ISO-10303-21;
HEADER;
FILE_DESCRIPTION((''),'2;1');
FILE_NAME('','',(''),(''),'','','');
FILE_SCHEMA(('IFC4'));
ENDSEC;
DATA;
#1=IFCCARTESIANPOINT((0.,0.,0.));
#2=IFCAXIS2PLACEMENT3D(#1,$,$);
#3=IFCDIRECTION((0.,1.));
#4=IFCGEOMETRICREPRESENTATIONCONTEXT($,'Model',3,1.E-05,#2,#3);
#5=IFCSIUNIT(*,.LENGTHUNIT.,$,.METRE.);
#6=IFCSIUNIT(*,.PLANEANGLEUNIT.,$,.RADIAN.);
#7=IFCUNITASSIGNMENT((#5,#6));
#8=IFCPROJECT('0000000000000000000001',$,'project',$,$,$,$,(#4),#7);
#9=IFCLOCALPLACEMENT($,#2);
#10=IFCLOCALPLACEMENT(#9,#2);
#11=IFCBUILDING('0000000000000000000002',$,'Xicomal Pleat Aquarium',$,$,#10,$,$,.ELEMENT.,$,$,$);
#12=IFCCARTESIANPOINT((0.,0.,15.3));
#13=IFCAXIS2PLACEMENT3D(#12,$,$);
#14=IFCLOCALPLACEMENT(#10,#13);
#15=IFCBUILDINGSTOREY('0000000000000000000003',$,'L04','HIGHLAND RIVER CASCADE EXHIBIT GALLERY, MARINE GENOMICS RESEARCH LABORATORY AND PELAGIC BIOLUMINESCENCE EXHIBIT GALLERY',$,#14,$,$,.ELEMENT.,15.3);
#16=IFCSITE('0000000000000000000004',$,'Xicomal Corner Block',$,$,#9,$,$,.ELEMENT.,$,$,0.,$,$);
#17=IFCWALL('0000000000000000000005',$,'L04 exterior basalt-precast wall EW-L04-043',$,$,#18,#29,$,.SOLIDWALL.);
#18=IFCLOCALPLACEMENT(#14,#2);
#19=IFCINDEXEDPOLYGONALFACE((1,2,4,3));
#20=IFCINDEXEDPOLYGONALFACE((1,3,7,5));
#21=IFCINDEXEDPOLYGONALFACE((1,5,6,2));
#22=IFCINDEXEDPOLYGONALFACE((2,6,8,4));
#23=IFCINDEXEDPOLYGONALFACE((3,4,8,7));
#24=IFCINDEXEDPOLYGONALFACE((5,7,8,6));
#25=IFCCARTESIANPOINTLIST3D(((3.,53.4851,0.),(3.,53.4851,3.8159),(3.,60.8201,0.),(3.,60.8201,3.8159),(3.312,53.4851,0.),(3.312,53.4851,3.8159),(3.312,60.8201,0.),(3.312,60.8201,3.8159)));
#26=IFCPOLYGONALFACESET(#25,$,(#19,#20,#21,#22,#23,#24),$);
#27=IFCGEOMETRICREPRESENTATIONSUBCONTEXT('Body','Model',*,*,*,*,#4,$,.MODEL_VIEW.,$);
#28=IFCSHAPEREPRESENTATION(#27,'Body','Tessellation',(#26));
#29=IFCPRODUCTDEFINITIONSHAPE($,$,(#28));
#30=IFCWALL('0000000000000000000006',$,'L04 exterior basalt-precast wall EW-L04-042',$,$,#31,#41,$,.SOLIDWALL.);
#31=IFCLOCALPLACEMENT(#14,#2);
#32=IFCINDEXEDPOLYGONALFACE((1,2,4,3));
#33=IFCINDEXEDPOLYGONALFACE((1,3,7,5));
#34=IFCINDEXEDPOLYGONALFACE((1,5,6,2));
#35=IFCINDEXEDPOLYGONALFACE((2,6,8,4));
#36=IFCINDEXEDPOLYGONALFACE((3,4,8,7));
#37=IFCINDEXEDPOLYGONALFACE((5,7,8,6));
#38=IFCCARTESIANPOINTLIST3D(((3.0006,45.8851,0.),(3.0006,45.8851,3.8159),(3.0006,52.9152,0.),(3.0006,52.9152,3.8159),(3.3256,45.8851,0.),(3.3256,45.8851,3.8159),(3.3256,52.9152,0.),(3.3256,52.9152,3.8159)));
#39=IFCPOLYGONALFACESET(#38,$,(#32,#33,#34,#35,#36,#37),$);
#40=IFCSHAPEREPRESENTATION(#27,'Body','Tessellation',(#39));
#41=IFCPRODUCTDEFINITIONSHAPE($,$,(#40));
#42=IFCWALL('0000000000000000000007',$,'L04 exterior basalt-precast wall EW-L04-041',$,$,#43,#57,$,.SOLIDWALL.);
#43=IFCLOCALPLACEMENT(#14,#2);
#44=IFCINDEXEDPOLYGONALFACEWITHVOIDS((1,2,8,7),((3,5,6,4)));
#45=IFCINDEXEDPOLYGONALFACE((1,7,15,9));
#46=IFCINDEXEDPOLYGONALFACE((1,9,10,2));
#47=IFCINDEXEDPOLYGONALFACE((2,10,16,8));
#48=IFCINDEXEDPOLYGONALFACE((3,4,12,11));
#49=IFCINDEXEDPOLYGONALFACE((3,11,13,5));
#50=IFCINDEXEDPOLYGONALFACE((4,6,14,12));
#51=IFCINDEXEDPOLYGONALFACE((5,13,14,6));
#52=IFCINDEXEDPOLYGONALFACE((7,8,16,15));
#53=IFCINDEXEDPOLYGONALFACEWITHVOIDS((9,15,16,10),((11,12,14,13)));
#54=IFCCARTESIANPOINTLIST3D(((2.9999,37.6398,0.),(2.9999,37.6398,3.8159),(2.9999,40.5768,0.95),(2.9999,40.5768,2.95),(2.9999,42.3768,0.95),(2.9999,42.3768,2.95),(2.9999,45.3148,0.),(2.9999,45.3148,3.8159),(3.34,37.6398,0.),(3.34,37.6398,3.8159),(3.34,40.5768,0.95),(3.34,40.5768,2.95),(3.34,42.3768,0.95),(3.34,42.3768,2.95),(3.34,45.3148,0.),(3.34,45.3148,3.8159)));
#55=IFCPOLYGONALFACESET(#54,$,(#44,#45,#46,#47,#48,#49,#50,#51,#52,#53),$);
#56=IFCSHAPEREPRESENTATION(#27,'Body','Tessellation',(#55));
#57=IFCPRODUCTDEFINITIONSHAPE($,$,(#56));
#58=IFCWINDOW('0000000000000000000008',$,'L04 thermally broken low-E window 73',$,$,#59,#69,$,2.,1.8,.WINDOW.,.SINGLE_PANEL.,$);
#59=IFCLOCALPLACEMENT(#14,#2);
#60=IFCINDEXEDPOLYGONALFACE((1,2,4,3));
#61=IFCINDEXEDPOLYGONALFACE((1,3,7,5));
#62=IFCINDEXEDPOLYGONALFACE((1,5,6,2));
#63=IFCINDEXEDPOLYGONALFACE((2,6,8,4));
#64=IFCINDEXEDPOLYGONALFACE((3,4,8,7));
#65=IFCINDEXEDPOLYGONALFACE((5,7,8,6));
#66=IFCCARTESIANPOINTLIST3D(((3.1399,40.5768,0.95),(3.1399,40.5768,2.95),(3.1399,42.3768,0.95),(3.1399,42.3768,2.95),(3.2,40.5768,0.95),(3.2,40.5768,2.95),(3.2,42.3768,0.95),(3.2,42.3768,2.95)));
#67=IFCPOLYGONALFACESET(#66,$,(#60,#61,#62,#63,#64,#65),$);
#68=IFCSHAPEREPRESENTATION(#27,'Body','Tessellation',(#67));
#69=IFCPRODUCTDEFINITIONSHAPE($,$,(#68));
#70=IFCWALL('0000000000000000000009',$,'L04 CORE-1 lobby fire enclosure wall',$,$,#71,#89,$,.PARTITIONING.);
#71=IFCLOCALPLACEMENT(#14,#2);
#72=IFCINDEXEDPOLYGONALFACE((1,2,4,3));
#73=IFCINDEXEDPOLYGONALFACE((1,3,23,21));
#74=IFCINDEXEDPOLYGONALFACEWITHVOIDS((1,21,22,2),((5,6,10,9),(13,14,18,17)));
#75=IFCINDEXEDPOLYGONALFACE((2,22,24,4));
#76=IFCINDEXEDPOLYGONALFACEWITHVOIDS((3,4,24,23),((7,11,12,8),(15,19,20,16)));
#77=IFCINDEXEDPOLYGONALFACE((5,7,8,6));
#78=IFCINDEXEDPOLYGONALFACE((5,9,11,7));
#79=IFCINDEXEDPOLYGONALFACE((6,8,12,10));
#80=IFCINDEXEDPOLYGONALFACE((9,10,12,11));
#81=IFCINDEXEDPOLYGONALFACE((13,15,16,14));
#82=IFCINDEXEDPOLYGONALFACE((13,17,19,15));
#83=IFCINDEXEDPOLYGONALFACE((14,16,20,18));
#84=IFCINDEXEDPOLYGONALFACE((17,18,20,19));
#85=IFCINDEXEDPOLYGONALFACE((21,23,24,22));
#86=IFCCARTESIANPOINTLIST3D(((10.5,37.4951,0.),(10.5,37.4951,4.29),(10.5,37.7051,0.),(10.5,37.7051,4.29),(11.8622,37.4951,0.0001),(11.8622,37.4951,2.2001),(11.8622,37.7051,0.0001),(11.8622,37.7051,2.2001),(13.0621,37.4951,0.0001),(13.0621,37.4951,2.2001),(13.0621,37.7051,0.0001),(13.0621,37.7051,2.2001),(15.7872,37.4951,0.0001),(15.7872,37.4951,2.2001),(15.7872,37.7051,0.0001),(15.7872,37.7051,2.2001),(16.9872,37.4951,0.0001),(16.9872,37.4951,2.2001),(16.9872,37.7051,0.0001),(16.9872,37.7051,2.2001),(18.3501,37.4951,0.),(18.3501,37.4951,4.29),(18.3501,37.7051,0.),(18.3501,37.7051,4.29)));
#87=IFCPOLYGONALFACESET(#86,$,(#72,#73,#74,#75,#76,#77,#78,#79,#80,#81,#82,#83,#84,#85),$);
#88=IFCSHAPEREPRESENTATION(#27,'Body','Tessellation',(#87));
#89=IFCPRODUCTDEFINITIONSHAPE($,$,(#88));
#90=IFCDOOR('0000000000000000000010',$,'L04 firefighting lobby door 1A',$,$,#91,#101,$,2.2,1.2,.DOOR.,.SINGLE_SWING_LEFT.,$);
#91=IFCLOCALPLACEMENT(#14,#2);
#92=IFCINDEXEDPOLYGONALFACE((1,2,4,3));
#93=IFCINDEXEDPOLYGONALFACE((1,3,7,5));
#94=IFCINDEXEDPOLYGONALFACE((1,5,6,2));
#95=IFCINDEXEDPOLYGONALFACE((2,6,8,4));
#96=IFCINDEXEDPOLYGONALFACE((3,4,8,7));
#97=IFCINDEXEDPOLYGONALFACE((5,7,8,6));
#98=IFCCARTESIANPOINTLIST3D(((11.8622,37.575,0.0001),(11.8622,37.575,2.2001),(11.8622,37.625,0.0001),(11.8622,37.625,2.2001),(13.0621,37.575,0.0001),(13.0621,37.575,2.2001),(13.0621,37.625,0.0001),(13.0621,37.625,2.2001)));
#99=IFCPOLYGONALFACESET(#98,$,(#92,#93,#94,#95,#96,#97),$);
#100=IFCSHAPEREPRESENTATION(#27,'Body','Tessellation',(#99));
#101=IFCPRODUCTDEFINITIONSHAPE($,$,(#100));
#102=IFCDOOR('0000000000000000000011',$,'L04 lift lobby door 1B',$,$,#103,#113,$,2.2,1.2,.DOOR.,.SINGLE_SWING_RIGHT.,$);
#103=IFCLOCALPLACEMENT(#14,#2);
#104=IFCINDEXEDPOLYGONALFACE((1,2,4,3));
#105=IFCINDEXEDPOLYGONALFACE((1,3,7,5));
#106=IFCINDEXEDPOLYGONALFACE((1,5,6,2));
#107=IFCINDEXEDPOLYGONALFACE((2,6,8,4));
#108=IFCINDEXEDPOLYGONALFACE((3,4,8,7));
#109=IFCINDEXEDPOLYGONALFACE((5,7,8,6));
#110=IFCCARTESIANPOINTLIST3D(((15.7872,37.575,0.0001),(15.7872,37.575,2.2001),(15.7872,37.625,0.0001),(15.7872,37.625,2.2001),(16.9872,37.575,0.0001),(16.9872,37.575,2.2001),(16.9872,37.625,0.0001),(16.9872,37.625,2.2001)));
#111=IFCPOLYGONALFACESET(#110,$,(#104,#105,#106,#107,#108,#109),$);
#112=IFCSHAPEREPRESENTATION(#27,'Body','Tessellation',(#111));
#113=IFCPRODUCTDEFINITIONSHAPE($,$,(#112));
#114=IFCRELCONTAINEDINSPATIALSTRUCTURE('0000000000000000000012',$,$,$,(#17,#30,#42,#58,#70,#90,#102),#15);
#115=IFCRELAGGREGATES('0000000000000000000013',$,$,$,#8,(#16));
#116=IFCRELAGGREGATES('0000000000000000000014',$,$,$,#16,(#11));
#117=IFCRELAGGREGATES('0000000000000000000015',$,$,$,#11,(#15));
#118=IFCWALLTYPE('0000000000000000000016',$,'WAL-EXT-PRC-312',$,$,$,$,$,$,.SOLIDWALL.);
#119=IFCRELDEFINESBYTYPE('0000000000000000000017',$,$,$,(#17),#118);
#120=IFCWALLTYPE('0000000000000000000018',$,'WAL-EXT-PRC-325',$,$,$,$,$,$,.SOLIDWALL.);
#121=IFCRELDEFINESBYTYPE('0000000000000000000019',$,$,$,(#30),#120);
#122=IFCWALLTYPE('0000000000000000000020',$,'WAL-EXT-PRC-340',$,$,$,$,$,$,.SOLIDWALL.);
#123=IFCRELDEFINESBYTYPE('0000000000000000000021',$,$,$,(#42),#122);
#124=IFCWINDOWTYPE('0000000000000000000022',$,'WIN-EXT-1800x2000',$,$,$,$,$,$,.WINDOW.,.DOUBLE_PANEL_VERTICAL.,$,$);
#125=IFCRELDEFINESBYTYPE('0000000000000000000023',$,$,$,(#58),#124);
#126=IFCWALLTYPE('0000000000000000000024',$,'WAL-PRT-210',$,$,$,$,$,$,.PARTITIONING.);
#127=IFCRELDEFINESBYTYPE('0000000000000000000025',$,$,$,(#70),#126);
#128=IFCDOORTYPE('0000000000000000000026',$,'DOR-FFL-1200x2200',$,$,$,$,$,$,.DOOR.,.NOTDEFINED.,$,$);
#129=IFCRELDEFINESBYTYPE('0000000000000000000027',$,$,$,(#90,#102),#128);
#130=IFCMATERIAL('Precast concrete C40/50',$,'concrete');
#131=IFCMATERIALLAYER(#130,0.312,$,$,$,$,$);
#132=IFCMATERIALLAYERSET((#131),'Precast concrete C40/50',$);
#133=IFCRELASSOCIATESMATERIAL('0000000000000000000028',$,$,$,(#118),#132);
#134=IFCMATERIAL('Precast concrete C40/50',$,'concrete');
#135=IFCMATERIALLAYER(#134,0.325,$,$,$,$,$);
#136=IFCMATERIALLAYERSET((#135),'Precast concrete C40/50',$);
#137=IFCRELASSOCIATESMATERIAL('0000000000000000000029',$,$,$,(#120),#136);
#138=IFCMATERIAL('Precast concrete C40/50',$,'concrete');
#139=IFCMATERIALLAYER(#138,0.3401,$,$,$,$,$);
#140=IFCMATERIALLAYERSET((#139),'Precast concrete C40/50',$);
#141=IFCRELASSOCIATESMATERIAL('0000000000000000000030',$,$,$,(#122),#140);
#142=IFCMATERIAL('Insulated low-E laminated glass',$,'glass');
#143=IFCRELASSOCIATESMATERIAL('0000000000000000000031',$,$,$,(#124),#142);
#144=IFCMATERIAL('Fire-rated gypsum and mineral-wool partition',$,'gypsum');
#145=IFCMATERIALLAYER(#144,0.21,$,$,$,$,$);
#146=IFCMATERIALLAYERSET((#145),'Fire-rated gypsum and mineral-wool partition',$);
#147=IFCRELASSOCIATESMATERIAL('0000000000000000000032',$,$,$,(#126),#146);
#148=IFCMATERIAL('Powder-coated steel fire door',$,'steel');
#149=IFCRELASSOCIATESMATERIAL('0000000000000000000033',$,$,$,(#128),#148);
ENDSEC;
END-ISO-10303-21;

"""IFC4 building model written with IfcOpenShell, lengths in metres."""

from ifc_helpers import new_model, si_unit, direction, frame, frame_2d, origin, place, context, subcontext, project, spatial, rectangle, extrude, material, layer, layer_set, type_object, element, fill, save


model = new_model("IFC4")

# Units and contexts
model_context = context("Model", 3, precision=1e-05, world=origin(), true_north=direction((0.0, 1.0)))
body_context = subcontext(model_context, "Body", "Model", "MODEL_VIEW")
ifc_project = project(units=[si_unit("LENGTHUNIT", "METRE"), si_unit("PLANEANGLEUNIT", "RADIAN")], contexts=[model_context])

# Site, building, storey
site_placement = place(None, origin())
site = spatial("IfcSite", under=ifc_project, at=site_placement, Name="Xicomal Corner Block", CompositionType="ELEMENT", RefElevation=0.0)
building_placement = place(site_placement, origin())
building = spatial("IfcBuilding", under=site, at=building_placement, Name="Xicomal Pleat Aquarium", CompositionType="ELEMENT")
storey_placement = place(building_placement, frame((0.0, 0.0, 15.3)))
storey = spatial("IfcBuildingStorey", under=building, at=storey_placement, Name="L04", Description="HIGHLAND RIVER CASCADE EXHIBIT GALLERY, MARINE GENOMICS RESEARCH LABORATORY AND PELAGIC BIOLUMINESCENCE EXHIBIT GALLERY", CompositionType="ELEMENT", Elevation=15.3)

# Walls
ifc_material_1 = material(Name="Precast concrete C40/50", Category="concrete")
ifc_layer_1 = layer(ifc_material_1, 0.312)
ifc_layer_set_1 = layer_set([ifc_layer_1], Name="Precast concrete C40/50")
wall_type_1 = type_object("IfcWallType", Name="WAL-EXT-PRC-312", PredefinedType="SOLIDWALL", material=ifc_layer_set_1)
wall_1_placement = place(storey_placement, frame((3.156, 53.4851, 0.0), z_axis=(0.0, 0.0, 1.0), x_axis=(0.0, 1.0, 0.0)))
element("IfcWall", 1, at=wall_1_placement, inside=storey, type_object=wall_type_1, Name="L04 exterior basalt-precast wall EW-L04-043", PredefinedType="SOLIDWALL", context=body_context, shape_type="SweptSolid", body=[
    extrude(rectangle(XDim=7.335, YDim=0.312, at=frame_2d((3.6675, 0.0))), origin(), (0.0, 0.0, 1.0), 3.8159),
])
ifc_material_2 = material(Name="Precast concrete C40/50", Category="concrete")
ifc_layer_2 = layer(ifc_material_2, 0.325)
ifc_layer_set_2 = layer_set([ifc_layer_2], Name="Precast concrete C40/50")
wall_type_2 = type_object("IfcWallType", Name="WAL-EXT-PRC-325", PredefinedType="SOLIDWALL", material=ifc_layer_set_2)
wall_2_placement = place(storey_placement, frame((3.1631, 45.885, 0.0), z_axis=(0.0, 0.0, 1.0), x_axis=(0.0, 1.0, 0.0)))
element("IfcWall", 2, at=wall_2_placement, inside=storey, type_object=wall_type_2, Name="L04 exterior basalt-precast wall EW-L04-042", PredefinedType="SOLIDWALL", context=body_context, shape_type="SweptSolid", body=[
    extrude(rectangle(XDim=7.03, YDim=0.325, at=frame_2d((3.5151, 0.0))), origin(), (0.0, 0.0, 1.0), 3.8159),
])

# Wall, opening, window
ifc_material_3 = material(Name="Precast concrete C40/50", Category="concrete")
ifc_layer_3 = layer(ifc_material_3, 0.3401)
ifc_layer_set_3 = layer_set([ifc_layer_3], Name="Precast concrete C40/50")
wall_type_3 = type_object("IfcWallType", Name="WAL-EXT-PRC-340", PredefinedType="SOLIDWALL", material=ifc_layer_set_3)
wall_3_placement = place(storey_placement, frame((3.1699, 37.6399, 0.0), z_axis=(0.0, 0.0, 1.0), x_axis=(0.0, 1.0, 0.0)))
wall_3 = element("IfcWall", 3, at=wall_3_placement, inside=storey, type_object=wall_type_3, Name="L04 exterior basalt-precast wall EW-L04-041", PredefinedType="SOLIDWALL", context=body_context, shape_type="SweptSolid", body=[
    extrude(rectangle(XDim=7.675, YDim=0.3401, at=frame_2d((3.8374, 0.0))), origin(), (0.0, 0.0, 1.0), 3.8159),
])
opening_1_placement = place(wall_3_placement, frame((2.937, 0.0, 0.95)))
opening_1 = element("IfcOpeningElement", 4, at=opening_1_placement, cuts=wall_3, PredefinedType="OPENING", context=body_context, shape_type="SweptSolid", body=[
    extrude(rectangle(XDim=1.8, YDim=2.0, at=frame_2d((0.8999, 1.0))), frame((0.0, 0.1799, 0.0), z_axis=(0.0, -1.0, 0.0), x_axis=(1.0, 0.0, 0.0)), (0.0, 0.0, 1.0), 0.3601),
])
ifc_material_4 = material(Name="Insulated low-E laminated glass", Category="glass")
window_type = type_object("IfcWindowType", Name="WIN-EXT-1800x2000", PartitioningType="DOUBLE_PANEL_VERTICAL", PredefinedType="WINDOW", material=ifc_material_4)
window_placement = place(opening_1_placement, origin())
window = element("IfcWindow", 5, at=window_placement, inside=storey, type_object=window_type, Name="L04 thermally broken low-E window 73", OverallHeight=2.0, OverallWidth=1.8, PartitioningType="SINGLE_PANEL", PredefinedType="WINDOW", context=body_context, shape_type="SweptSolid", body=[
    extrude(rectangle(XDim=1.8, YDim=2.0, at=frame_2d((0.8999, 1.0))), frame((0.0, 0.03, 0.0), z_axis=(0.0, -1.0, 0.0), x_axis=(1.0, 0.0, 0.0)), (0.0, 0.0, 1.0), 0.0601),
])
fill(opening_1, window)

# Wall, openings, doors
ifc_material_5 = material(Name="Fire-rated gypsum and mineral-wool partition", Category="gypsum")
ifc_layer_4 = layer(ifc_material_5, 0.21)
ifc_layer_set_4 = layer_set([ifc_layer_4], Name="Fire-rated gypsum and mineral-wool partition")
wall_type_4 = type_object("IfcWallType", Name="WAL-PRT-210", PredefinedType="PARTITIONING", material=ifc_layer_set_4)
wall_4_placement = place(storey_placement, frame((10.5, 37.6001, 0.0), z_axis=(0.0, 0.0, 1.0), x_axis=(1.0, 0.0, 0.0)))
wall_4 = element("IfcWall", 6, at=wall_4_placement, inside=storey, type_object=wall_type_4, Name="L04 CORE-1 lobby fire enclosure wall", PredefinedType="PARTITIONING", context=body_context, shape_type="SweptSolid", body=[
    extrude(rectangle(XDim=7.8501, YDim=0.21, at=frame_2d((3.925, 0.0))), origin(), (0.0, 0.0, 1.0), 4.29),
])
opening_2_placement = place(wall_4_placement, frame((1.3621, 0.0, 0.0)))
opening_2 = element("IfcOpeningElement", 7, at=opening_2_placement, cuts=wall_4, PredefinedType="OPENING", context=body_context, shape_type="SweptSolid", body=[
    extrude(rectangle(XDim=1.2, YDim=2.2, at=frame_2d((0.6001, 1.1001))), frame((0.0, 0.115, 0.0), z_axis=(0.0, -1.0, 0.0), x_axis=(1.0, 0.0, 0.0)), (0.0, 0.0, 1.0), 0.23),
])
opening_3_placement = place(wall_4_placement, frame((5.2871, 0.0, 0.0)))
opening_3 = element("IfcOpeningElement", 8, at=opening_3_placement, cuts=wall_4, PredefinedType="OPENING", context=body_context, shape_type="SweptSolid", body=[
    extrude(rectangle(XDim=1.2, YDim=2.2, at=frame_2d((0.6001, 1.1001))), frame((0.0, 0.115, 0.0), z_axis=(0.0, -1.0, 0.0), x_axis=(1.0, 0.0, 0.0)), (0.0, 0.0, 1.0), 0.23),
])
ifc_material_6 = material(Name="Powder-coated steel fire door", Category="steel")
door_type = type_object("IfcDoorType", Name="DOR-FFL-1200x2200", OperationType="NOTDEFINED", PredefinedType="DOOR", material=ifc_material_6)
door_1_placement = place(opening_2_placement, origin())
door_1 = element("IfcDoor", 9, at=door_1_placement, inside=storey, type_object=door_type, Name="L04 firefighting lobby door 1A", OperationType="SINGLE_SWING_LEFT", OverallHeight=2.2, OverallWidth=1.2, PredefinedType="DOOR", context=body_context, shape_type="SweptSolid", body=[
    extrude(rectangle(XDim=1.2, YDim=2.2, at=frame_2d((0.6001, 1.1001))), frame((0.0, 0.0249, 0.0), z_axis=(0.0, -1.0, 0.0), x_axis=(1.0, 0.0, 0.0)), (0.0, 0.0, 1.0), 0.05),
])
fill(opening_2, door_1)
door_2_placement = place(opening_3_placement, origin())
door_2 = element("IfcDoor", 10, at=door_2_placement, inside=storey, type_object=door_type, Name="L04 lift lobby door 1B", OperationType="SINGLE_SWING_RIGHT", OverallHeight=2.2, OverallWidth=1.2, PredefinedType="DOOR", context=body_context, shape_type="SweptSolid", body=[
    extrude(rectangle(XDim=1.2, YDim=2.2, at=frame_2d((0.6001, 1.1001))), frame((0.0, 0.0249, 0.0), z_axis=(0.0, -1.0, 0.0), x_axis=(1.0, 0.0, 0.0)), (0.0, 0.0, 1.0), 0.05),
])
fill(opening_3, door_2)

save(model, "model.ifc")
